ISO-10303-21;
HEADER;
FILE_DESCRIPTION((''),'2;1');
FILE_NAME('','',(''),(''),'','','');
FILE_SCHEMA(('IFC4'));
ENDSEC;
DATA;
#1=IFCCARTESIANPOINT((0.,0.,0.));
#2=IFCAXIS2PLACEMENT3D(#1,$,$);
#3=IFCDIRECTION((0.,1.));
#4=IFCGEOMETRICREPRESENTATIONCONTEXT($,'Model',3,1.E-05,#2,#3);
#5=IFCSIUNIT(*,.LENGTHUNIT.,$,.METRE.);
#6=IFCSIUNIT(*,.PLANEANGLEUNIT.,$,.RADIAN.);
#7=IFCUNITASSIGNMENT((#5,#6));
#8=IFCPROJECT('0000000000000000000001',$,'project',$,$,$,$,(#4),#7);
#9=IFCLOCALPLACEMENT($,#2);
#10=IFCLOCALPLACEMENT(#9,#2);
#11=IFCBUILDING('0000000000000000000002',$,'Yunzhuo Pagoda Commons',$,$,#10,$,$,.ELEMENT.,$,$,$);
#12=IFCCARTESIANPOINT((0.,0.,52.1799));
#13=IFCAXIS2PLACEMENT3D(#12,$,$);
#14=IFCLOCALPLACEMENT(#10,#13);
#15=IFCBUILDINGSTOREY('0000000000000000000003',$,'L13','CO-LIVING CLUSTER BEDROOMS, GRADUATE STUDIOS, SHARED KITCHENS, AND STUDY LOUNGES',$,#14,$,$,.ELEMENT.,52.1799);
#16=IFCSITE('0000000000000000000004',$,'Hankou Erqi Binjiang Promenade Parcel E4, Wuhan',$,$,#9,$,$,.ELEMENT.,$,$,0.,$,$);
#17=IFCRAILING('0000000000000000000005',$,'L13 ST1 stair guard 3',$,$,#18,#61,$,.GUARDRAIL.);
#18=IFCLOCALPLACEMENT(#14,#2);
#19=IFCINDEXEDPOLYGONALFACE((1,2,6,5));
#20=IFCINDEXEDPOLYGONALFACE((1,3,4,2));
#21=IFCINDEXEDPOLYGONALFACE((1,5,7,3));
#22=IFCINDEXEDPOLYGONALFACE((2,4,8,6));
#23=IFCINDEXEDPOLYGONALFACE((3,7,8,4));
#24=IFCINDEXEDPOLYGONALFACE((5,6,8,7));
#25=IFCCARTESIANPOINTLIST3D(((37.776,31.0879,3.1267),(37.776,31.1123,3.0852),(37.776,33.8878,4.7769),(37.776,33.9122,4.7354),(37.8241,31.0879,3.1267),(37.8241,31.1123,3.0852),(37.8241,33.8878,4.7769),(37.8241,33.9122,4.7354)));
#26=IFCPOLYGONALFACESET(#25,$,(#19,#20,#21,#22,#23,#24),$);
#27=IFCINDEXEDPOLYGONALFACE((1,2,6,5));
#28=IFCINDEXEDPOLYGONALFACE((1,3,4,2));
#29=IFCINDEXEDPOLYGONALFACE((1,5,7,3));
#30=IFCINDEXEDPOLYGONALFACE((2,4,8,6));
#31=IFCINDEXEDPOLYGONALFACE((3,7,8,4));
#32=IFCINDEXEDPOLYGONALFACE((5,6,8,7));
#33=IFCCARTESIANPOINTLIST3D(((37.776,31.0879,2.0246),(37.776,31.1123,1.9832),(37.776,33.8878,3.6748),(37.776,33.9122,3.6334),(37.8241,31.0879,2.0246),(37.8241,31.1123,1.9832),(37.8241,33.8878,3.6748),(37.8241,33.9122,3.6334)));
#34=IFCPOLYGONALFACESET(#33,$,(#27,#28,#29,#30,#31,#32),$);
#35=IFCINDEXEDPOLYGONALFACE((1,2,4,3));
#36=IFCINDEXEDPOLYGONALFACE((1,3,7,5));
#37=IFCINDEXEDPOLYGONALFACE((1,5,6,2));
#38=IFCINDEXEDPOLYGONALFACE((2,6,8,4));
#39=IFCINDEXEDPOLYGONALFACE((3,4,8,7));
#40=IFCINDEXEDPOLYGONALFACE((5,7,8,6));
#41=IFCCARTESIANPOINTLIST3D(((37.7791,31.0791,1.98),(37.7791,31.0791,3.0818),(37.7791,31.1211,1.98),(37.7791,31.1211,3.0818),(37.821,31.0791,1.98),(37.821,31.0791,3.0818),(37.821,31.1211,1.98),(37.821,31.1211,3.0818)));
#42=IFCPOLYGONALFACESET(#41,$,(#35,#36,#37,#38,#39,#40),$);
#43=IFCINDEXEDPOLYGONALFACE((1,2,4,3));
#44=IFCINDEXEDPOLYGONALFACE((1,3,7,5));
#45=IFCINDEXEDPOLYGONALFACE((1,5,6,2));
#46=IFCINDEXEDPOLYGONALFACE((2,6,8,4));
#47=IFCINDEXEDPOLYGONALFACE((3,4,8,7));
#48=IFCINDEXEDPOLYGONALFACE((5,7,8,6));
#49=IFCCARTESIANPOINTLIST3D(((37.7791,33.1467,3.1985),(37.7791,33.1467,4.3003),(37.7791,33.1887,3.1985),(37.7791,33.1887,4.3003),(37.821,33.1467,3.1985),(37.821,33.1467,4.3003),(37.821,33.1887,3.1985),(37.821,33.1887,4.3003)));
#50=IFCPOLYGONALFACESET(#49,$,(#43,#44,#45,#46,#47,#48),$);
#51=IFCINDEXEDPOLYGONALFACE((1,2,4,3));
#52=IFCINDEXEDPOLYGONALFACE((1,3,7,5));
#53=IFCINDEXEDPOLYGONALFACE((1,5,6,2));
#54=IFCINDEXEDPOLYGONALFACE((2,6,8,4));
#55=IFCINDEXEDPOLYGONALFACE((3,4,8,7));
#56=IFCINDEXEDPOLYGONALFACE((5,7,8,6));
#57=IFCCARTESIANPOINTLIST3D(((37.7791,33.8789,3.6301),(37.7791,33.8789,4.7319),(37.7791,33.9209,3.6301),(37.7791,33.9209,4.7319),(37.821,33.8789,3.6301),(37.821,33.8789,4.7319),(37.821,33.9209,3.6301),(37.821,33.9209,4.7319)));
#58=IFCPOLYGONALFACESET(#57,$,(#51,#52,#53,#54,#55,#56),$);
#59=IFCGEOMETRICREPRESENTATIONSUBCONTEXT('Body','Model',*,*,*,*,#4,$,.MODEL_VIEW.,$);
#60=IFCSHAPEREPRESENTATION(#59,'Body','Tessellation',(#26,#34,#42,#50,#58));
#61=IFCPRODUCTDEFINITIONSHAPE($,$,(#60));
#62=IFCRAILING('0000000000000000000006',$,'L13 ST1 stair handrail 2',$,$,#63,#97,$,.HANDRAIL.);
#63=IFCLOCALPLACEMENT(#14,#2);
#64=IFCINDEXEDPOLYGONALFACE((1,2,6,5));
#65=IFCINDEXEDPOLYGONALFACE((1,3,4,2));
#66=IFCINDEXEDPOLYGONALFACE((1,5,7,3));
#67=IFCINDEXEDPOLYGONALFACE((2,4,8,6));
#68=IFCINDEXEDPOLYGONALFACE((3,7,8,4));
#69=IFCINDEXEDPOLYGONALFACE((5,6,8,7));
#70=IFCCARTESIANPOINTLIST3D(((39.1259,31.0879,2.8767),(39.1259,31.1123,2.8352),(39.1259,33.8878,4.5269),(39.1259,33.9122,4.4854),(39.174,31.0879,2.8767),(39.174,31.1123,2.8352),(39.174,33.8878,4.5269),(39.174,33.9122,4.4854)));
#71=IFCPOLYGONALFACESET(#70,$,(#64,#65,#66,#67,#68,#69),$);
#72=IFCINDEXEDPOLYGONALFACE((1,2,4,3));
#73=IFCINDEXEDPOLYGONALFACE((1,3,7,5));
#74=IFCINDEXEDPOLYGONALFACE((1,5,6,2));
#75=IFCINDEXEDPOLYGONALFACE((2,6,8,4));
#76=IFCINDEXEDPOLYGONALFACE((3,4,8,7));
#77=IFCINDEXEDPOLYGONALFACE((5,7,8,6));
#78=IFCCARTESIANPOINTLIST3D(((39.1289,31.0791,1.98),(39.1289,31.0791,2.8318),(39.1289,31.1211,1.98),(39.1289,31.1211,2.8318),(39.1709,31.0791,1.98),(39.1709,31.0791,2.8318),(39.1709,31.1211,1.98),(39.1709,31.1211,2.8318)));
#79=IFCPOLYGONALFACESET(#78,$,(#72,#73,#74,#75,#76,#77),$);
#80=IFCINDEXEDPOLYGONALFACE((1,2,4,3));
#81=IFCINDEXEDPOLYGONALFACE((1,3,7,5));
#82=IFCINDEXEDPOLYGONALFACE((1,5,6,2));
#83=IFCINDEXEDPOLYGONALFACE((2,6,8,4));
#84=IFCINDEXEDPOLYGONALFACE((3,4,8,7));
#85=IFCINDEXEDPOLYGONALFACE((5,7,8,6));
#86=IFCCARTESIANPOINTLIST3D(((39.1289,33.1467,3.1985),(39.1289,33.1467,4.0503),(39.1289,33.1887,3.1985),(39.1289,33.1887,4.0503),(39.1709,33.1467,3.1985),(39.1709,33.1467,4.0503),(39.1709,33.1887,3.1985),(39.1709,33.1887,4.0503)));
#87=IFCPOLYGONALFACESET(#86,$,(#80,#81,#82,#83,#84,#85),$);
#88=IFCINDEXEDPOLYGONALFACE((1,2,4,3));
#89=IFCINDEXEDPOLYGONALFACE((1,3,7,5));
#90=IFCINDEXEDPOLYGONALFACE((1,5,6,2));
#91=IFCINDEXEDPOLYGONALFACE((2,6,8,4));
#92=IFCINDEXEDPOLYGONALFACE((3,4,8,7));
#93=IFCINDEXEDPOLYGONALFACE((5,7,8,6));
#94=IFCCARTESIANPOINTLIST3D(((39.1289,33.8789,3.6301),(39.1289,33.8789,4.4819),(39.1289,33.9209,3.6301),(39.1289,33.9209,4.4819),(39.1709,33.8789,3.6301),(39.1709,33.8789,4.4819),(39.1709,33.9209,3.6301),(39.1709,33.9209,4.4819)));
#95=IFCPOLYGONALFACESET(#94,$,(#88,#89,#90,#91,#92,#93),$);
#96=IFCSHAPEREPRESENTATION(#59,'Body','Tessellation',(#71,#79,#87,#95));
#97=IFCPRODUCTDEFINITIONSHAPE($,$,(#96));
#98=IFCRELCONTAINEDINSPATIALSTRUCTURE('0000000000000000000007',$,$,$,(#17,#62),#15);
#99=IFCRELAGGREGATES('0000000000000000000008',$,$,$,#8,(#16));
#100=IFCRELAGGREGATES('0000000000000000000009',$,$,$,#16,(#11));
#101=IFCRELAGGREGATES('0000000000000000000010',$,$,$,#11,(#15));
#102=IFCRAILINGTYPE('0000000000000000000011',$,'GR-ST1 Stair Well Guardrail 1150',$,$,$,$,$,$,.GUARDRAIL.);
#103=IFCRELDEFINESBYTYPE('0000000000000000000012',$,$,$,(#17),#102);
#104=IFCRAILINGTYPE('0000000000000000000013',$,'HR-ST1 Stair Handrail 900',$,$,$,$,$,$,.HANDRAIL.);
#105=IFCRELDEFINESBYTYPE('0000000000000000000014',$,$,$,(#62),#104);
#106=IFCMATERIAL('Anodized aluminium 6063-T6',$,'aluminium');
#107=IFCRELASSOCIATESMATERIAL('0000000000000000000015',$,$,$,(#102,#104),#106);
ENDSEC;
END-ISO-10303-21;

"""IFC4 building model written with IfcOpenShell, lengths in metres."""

from ifc_helpers import new_model, si_unit, direction, frame, origin, origin_2d, place, context, subcontext, project, spatial, rectangle, extrude, material, type_object, element, save


model = new_model("IFC4")

# Units and contexts
model_context = context("Model", 3, precision=1e-05, world=origin(), true_north=direction((0.0, 1.0)))
body_context = subcontext(model_context, "Body", "Model", "MODEL_VIEW")
ifc_project = project(units=[si_unit("LENGTHUNIT", "METRE"), si_unit("PLANEANGLEUNIT", "RADIAN")], contexts=[model_context])

# Site, building, storey
site_placement = place(None, origin())
site = spatial("IfcSite", under=ifc_project, at=site_placement, Name="Hankou Erqi Binjiang Promenade Parcel E4, Wuhan", CompositionType="ELEMENT", RefElevation=0.0)
building_placement = place(site_placement, origin())
building = spatial("IfcBuilding", under=site, at=building_placement, Name="Yunzhuo Pagoda Commons", CompositionType="ELEMENT")
storey_placement = place(building_placement, frame((0.0, 0.0, 52.1799)))
storey = spatial("IfcBuildingStorey", under=building, at=storey_placement, Name="L13", Description="CO-LIVING CLUSTER BEDROOMS, GRADUATE STUDIOS, SHARED KITCHENS, AND STUDY LOUNGES", CompositionType="ELEMENT", Elevation=52.1799)

# Railings
ifc_material_1 = material(Name="Anodized aluminium 6063-T6", Category="aluminium")
railing_type_1 = type_object("IfcRailingType", Name="GR-ST1 Stair Well Guardrail 1150", PredefinedType="GUARDRAIL", material=ifc_material_1)
railing_1_placement = place(storey_placement, frame((37.8, 31.1001, 1.98)))
element("IfcRailing", 1, at=railing_1_placement, inside=storey, type_object=railing_type_1, Name="L13 ST1 stair guard 3", PredefinedType="GUARDRAIL", context=body_context, shape_type="SweptSolid", body=[
    extrude(rectangle(XDim=0.0481, YDim=0.0481, at=origin_2d()), frame((0.0, 0.0, 1.126), z_axis=(0.0, 0.861503, 0.507752), x_axis=(-1.0, 0.0, 0.0)), (0.0, 0.0, 1.0), 3.25),
    extrude(rectangle(XDim=0.0481, YDim=0.0481, at=origin_2d()), frame((0.0, 0.0, 0.0239), z_axis=(0.0, 0.861503, 0.507752), x_axis=(-1.0, 0.0, 0.0)), (0.0, 0.0, 1.0), 3.25),
    extrude(rectangle(XDim=0.042, YDim=0.042, at=origin_2d()), origin(), (0.0, 0.0, 1.0), 1.1018),
    extrude(rectangle(XDim=0.042, YDim=0.042, at=origin_2d()), frame((0.0, 2.0676, 1.2185)), (0.0, 0.0, 1.0), 1.1018),
    extrude(rectangle(XDim=0.042, YDim=0.042, at=origin_2d()), frame((0.0, 2.7998, 1.6501)), (0.0, 0.0, 1.0), 1.1018),
])
railing_type_2 = type_object("IfcRailingType", Name="HR-ST1 Stair Handrail 900", PredefinedType="HANDRAIL", material=ifc_material_1)
railing_2_placement = place(storey_placement, frame((39.1499, 31.1001, 1.98)))
element("IfcRailing", 2, at=railing_2_placement, inside=storey, type_object=railing_type_2, Name="L13 ST1 stair handrail 2", PredefinedType="HANDRAIL", context=body_context, shape_type="SweptSolid", body=[
    extrude(rectangle(XDim=0.0481, YDim=0.0481, at=origin_2d()), frame((0.0, 0.0, 0.876), z_axis=(0.0, 0.861503, 0.507752), x_axis=(-1.0, 0.0, 0.0)), (0.0, 0.0, 1.0), 3.25),
    extrude(rectangle(XDim=0.042, YDim=0.042, at=origin_2d()), origin(), (0.0, 0.0, 1.0), 0.8518),
    extrude(rectangle(XDim=0.042, YDim=0.042, at=origin_2d()), frame((0.0, 2.0676, 1.2185)), (0.0, 0.0, 1.0), 0.8518),
    extrude(rectangle(XDim=0.042, YDim=0.042, at=origin_2d()), frame((0.0, 2.7998, 1.6501)), (0.0, 0.0, 1.0), 0.8518),
])

save(model, "model.ifc")
